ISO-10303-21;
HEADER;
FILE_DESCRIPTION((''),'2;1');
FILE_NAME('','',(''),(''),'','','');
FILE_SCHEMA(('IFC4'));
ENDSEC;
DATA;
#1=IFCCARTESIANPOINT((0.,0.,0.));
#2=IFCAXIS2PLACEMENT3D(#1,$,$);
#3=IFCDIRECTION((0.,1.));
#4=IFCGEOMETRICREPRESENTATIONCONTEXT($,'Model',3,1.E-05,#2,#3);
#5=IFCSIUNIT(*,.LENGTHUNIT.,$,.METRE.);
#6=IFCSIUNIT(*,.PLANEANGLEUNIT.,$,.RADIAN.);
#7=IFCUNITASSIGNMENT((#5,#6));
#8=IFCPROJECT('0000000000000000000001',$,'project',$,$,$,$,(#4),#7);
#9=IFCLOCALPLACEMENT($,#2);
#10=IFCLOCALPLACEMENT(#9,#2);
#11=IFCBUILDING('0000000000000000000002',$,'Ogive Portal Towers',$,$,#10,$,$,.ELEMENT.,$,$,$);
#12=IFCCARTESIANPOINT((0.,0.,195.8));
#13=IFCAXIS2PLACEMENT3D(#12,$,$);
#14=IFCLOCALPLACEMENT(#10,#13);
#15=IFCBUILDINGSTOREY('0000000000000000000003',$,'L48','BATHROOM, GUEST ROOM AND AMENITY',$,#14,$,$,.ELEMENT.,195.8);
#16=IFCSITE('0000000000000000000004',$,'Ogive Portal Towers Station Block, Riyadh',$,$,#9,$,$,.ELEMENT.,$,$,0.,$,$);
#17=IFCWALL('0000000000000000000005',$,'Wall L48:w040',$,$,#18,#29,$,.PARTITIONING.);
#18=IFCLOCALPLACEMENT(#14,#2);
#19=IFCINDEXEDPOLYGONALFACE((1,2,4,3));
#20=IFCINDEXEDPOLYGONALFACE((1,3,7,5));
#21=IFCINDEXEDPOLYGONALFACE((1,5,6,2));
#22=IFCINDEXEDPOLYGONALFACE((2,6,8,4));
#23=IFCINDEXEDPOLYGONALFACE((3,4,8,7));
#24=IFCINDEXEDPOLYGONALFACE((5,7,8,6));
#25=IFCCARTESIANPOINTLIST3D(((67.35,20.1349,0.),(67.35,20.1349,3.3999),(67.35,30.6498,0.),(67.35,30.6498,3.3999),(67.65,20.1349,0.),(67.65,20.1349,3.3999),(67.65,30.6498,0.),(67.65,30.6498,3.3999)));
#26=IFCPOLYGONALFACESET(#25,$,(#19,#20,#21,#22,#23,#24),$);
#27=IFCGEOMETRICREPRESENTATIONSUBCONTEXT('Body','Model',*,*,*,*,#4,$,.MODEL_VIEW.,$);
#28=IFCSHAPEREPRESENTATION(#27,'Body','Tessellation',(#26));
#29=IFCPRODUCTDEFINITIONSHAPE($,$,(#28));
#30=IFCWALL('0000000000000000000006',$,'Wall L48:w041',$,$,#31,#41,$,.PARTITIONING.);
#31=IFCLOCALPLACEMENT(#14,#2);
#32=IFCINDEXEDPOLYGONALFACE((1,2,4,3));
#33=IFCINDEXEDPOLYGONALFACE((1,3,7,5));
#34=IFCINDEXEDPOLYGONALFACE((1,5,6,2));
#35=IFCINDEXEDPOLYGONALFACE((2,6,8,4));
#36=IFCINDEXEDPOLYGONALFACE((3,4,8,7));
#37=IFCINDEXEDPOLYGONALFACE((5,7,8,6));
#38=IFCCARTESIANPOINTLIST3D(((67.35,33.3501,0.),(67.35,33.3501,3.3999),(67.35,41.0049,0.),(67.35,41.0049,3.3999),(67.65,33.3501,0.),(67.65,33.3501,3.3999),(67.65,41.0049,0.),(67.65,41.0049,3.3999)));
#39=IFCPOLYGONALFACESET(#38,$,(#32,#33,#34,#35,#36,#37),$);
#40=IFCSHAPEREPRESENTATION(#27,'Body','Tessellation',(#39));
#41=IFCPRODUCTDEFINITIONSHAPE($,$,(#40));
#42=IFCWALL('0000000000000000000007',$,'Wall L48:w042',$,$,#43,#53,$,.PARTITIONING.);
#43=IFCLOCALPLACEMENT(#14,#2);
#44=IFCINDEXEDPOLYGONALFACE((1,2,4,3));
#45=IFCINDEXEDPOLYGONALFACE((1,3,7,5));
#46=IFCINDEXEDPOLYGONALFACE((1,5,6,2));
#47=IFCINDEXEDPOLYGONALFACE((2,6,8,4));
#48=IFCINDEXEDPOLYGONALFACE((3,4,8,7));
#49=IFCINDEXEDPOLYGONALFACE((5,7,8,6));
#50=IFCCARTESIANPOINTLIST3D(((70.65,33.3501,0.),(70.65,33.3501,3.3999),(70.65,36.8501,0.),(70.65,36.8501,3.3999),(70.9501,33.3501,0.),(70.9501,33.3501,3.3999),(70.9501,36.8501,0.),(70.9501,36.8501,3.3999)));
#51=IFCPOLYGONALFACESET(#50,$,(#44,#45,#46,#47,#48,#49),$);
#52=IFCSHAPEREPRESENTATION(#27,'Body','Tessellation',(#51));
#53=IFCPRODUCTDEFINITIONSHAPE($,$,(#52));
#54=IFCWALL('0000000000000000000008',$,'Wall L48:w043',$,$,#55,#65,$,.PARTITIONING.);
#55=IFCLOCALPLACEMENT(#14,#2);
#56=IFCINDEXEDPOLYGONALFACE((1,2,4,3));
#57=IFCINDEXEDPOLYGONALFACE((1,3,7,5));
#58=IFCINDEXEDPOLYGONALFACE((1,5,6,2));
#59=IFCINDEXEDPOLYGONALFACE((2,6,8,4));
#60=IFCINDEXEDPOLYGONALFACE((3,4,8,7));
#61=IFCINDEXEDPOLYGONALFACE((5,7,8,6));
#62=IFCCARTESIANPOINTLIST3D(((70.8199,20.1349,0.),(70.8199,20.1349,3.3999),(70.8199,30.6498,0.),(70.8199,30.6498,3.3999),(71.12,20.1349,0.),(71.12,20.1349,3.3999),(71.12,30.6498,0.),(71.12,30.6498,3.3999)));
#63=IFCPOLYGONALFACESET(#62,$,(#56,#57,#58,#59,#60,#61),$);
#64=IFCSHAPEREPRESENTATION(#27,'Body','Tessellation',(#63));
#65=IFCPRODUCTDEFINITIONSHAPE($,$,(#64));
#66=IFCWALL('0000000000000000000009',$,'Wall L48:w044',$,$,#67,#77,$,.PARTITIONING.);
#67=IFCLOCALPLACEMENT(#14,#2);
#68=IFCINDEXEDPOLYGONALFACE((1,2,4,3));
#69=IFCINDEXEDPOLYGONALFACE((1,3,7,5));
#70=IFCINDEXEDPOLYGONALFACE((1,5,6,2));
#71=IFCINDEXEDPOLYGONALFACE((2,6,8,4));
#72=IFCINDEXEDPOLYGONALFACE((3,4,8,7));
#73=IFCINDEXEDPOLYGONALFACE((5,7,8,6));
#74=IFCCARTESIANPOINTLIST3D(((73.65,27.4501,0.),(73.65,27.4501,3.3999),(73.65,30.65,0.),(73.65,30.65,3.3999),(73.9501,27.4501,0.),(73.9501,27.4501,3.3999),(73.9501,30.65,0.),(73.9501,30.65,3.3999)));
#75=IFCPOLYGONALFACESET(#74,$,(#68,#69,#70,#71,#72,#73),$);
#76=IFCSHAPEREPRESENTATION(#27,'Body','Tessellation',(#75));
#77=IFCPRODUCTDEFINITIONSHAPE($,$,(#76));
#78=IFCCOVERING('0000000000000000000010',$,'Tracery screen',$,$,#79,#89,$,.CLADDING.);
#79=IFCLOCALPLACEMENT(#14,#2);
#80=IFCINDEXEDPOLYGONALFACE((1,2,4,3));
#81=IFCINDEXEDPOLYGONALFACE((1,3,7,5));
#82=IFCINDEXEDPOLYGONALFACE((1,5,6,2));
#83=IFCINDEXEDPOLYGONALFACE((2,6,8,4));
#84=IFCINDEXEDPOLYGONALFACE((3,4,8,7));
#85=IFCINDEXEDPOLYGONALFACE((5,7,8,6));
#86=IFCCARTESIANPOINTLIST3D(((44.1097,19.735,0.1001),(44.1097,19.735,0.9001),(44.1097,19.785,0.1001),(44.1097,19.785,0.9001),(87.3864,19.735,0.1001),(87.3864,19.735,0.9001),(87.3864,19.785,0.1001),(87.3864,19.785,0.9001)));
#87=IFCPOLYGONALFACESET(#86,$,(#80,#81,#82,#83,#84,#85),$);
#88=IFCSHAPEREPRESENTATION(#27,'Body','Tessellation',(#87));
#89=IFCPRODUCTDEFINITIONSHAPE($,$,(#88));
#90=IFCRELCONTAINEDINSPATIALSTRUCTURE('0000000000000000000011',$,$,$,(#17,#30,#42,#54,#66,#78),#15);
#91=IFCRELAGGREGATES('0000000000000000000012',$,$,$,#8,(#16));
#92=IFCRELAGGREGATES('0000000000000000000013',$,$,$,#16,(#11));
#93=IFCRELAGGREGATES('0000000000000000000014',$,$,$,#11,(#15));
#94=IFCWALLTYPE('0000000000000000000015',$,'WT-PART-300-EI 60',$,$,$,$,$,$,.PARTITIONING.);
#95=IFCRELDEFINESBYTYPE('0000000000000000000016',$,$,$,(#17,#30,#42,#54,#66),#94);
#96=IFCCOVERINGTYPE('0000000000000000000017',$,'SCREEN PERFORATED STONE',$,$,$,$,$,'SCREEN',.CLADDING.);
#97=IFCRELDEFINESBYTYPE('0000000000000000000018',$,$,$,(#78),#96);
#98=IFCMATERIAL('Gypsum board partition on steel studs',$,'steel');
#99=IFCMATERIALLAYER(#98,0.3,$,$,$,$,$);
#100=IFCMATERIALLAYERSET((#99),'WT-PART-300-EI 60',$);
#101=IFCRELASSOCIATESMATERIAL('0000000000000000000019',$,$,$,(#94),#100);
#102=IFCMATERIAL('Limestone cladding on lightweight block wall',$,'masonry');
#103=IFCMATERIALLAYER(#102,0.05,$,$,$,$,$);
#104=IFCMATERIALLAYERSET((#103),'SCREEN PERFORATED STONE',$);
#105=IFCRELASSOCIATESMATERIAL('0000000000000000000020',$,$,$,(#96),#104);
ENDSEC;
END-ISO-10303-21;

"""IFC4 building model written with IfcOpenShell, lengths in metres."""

from ifc_helpers import new_model, si_unit, direction, frame, frame_2d, origin, origin_2d, place, context, subcontext, project, spatial, rectangle, extrude, material, layer, layer_set, type_object, element, save


model = new_model("IFC4")

# Units and contexts
model_context = context("Model", 3, precision=1e-05, world=origin(), true_north=direction((0.0, 1.0)))
body_context = subcontext(model_context, "Body", "Model", "MODEL_VIEW")
ifc_project = project(units=[si_unit("LENGTHUNIT", "METRE"), si_unit("PLANEANGLEUNIT", "RADIAN")], contexts=[model_context])

# Site, building, storey
site_placement = place(None, origin())
site = spatial("IfcSite", under=ifc_project, at=site_placement, Name="Ogive Portal Towers Station Block, Riyadh", CompositionType="ELEMENT", RefElevation=0.0)
building_placement = place(site_placement, origin())
building = spatial("IfcBuilding", under=site, at=building_placement, Name="Ogive Portal Towers", CompositionType="ELEMENT")
storey_placement = place(building_placement, frame((0.0, 0.0, 195.8)))
storey = spatial("IfcBuildingStorey", under=building, at=storey_placement, Name="L48", Description="BATHROOM, GUEST ROOM AND AMENITY", CompositionType="ELEMENT", Elevation=195.8)

# Shared definitions
ifc_material_1 = material(Name="Gypsum board partition on steel studs", Category="steel")
ifc_layer_1 = layer(ifc_material_1, 0.3)
ifc_layer_set_1 = layer_set([ifc_layer_1], Name="WT-PART-300-EI 60")
wall_type = type_object("IfcWallType", Name="WT-PART-300-EI 60", PredefinedType="PARTITIONING", material=ifc_layer_set_1)

# Walls
wall_1_placement = place(storey_placement, frame((67.5, 20.135, 0.0), z_axis=(0.0, 0.0, 1.0), x_axis=(0.0, 1.0, 0.0)))
element("IfcWall", 1, at=wall_1_placement, inside=storey, type_object=wall_type, Name="Wall L48:w040", PredefinedType="PARTITIONING", context=body_context, shape_type="SweptSolid", body=[
    extrude(rectangle(XDim=10.5149, YDim=0.3, at=frame_2d((5.2573, 0.0))), origin(), (0.0, 0.0, 1.0), 3.3999),
])
wall_2_placement = place(storey_placement, frame((67.5, 33.3501, 0.0), z_axis=(0.0, 0.0, 1.0), x_axis=(0.0, 1.0, 0.0)))
element("IfcWall", 2, at=wall_2_placement, inside=storey, type_object=wall_type, Name="Wall L48:w041", PredefinedType="PARTITIONING", context=body_context, shape_type="SweptSolid", body=[
    extrude(rectangle(XDim=7.6548, YDim=0.3, at=frame_2d((3.8274, 0.0))), origin(), (0.0, 0.0, 1.0), 3.3999),
])
wall_3_placement = place(storey_placement, frame((70.8, 33.3501, 0.0), z_axis=(0.0, 0.0, 1.0), x_axis=(0.0, 1.0, 0.0)))
element("IfcWall", 3, at=wall_3_placement, inside=storey, type_object=wall_type, Name="Wall L48:w042", PredefinedType="PARTITIONING", context=body_context, shape_type="SweptSolid", body=[
    extrude(rectangle(XDim=3.5, YDim=0.3, at=frame_2d((1.75, 0.0))), origin(), (0.0, 0.0, 1.0), 3.3999),
])
wall_4_placement = place(storey_placement, frame((70.97, 20.135, 0.0), z_axis=(0.0, 0.0, 1.0), x_axis=(0.0, 1.0, 0.0)))
element("IfcWall", 4, at=wall_4_placement, inside=storey, type_object=wall_type, Name="Wall L48:w043", PredefinedType="PARTITIONING", context=body_context, shape_type="SweptSolid", body=[
    extrude(rectangle(XDim=10.5149, YDim=0.3, at=frame_2d((5.2573, 0.0))), origin(), (0.0, 0.0, 1.0), 3.3999),
])
wall_5_placement = place(storey_placement, frame((73.8, 27.45, 0.0), z_axis=(0.0, 0.0, 1.0), x_axis=(0.0, 1.0, 0.0)))
element("IfcWall", 5, at=wall_5_placement, inside=storey, type_object=wall_type, Name="Wall L48:w044", PredefinedType="PARTITIONING", context=body_context, shape_type="SweptSolid", body=[
    extrude(rectangle(XDim=3.2, YDim=0.3, at=frame_2d((1.6001, 0.0))), origin(), (0.0, 0.0, 1.0), 3.3999),
])

# Covering
ifc_material_2 = material(Name="Limestone cladding on lightweight block wall", Category="masonry")
ifc_layer_2 = layer(ifc_material_2, 0.05)
ifc_layer_set_2 = layer_set([ifc_layer_2], Name="SCREEN PERFORATED STONE")
covering_type = type_object("IfcCoveringType", Name="SCREEN PERFORATED STONE", ElementType="SCREEN", PredefinedType="CLADDING", material=ifc_layer_set_2)
covering_placement = place(storey_placement, frame((65.748, 19.76, 0.1001), z_axis=(0.0, 0.0, 1.0), x_axis=(1.0, 0.0, 0.0)))
element("IfcCovering", 6, at=covering_placement, inside=storey, type_object=covering_type, Name="Tracery screen", PredefinedType="CLADDING", context=body_context, shape_type="SweptSolid", body=[
    extrude(rectangle(XDim=43.2766, YDim=0.05, at=origin_2d()), origin(), (0.0, 0.0, 1.0), 0.8),
])

save(model, "model.ifc")
